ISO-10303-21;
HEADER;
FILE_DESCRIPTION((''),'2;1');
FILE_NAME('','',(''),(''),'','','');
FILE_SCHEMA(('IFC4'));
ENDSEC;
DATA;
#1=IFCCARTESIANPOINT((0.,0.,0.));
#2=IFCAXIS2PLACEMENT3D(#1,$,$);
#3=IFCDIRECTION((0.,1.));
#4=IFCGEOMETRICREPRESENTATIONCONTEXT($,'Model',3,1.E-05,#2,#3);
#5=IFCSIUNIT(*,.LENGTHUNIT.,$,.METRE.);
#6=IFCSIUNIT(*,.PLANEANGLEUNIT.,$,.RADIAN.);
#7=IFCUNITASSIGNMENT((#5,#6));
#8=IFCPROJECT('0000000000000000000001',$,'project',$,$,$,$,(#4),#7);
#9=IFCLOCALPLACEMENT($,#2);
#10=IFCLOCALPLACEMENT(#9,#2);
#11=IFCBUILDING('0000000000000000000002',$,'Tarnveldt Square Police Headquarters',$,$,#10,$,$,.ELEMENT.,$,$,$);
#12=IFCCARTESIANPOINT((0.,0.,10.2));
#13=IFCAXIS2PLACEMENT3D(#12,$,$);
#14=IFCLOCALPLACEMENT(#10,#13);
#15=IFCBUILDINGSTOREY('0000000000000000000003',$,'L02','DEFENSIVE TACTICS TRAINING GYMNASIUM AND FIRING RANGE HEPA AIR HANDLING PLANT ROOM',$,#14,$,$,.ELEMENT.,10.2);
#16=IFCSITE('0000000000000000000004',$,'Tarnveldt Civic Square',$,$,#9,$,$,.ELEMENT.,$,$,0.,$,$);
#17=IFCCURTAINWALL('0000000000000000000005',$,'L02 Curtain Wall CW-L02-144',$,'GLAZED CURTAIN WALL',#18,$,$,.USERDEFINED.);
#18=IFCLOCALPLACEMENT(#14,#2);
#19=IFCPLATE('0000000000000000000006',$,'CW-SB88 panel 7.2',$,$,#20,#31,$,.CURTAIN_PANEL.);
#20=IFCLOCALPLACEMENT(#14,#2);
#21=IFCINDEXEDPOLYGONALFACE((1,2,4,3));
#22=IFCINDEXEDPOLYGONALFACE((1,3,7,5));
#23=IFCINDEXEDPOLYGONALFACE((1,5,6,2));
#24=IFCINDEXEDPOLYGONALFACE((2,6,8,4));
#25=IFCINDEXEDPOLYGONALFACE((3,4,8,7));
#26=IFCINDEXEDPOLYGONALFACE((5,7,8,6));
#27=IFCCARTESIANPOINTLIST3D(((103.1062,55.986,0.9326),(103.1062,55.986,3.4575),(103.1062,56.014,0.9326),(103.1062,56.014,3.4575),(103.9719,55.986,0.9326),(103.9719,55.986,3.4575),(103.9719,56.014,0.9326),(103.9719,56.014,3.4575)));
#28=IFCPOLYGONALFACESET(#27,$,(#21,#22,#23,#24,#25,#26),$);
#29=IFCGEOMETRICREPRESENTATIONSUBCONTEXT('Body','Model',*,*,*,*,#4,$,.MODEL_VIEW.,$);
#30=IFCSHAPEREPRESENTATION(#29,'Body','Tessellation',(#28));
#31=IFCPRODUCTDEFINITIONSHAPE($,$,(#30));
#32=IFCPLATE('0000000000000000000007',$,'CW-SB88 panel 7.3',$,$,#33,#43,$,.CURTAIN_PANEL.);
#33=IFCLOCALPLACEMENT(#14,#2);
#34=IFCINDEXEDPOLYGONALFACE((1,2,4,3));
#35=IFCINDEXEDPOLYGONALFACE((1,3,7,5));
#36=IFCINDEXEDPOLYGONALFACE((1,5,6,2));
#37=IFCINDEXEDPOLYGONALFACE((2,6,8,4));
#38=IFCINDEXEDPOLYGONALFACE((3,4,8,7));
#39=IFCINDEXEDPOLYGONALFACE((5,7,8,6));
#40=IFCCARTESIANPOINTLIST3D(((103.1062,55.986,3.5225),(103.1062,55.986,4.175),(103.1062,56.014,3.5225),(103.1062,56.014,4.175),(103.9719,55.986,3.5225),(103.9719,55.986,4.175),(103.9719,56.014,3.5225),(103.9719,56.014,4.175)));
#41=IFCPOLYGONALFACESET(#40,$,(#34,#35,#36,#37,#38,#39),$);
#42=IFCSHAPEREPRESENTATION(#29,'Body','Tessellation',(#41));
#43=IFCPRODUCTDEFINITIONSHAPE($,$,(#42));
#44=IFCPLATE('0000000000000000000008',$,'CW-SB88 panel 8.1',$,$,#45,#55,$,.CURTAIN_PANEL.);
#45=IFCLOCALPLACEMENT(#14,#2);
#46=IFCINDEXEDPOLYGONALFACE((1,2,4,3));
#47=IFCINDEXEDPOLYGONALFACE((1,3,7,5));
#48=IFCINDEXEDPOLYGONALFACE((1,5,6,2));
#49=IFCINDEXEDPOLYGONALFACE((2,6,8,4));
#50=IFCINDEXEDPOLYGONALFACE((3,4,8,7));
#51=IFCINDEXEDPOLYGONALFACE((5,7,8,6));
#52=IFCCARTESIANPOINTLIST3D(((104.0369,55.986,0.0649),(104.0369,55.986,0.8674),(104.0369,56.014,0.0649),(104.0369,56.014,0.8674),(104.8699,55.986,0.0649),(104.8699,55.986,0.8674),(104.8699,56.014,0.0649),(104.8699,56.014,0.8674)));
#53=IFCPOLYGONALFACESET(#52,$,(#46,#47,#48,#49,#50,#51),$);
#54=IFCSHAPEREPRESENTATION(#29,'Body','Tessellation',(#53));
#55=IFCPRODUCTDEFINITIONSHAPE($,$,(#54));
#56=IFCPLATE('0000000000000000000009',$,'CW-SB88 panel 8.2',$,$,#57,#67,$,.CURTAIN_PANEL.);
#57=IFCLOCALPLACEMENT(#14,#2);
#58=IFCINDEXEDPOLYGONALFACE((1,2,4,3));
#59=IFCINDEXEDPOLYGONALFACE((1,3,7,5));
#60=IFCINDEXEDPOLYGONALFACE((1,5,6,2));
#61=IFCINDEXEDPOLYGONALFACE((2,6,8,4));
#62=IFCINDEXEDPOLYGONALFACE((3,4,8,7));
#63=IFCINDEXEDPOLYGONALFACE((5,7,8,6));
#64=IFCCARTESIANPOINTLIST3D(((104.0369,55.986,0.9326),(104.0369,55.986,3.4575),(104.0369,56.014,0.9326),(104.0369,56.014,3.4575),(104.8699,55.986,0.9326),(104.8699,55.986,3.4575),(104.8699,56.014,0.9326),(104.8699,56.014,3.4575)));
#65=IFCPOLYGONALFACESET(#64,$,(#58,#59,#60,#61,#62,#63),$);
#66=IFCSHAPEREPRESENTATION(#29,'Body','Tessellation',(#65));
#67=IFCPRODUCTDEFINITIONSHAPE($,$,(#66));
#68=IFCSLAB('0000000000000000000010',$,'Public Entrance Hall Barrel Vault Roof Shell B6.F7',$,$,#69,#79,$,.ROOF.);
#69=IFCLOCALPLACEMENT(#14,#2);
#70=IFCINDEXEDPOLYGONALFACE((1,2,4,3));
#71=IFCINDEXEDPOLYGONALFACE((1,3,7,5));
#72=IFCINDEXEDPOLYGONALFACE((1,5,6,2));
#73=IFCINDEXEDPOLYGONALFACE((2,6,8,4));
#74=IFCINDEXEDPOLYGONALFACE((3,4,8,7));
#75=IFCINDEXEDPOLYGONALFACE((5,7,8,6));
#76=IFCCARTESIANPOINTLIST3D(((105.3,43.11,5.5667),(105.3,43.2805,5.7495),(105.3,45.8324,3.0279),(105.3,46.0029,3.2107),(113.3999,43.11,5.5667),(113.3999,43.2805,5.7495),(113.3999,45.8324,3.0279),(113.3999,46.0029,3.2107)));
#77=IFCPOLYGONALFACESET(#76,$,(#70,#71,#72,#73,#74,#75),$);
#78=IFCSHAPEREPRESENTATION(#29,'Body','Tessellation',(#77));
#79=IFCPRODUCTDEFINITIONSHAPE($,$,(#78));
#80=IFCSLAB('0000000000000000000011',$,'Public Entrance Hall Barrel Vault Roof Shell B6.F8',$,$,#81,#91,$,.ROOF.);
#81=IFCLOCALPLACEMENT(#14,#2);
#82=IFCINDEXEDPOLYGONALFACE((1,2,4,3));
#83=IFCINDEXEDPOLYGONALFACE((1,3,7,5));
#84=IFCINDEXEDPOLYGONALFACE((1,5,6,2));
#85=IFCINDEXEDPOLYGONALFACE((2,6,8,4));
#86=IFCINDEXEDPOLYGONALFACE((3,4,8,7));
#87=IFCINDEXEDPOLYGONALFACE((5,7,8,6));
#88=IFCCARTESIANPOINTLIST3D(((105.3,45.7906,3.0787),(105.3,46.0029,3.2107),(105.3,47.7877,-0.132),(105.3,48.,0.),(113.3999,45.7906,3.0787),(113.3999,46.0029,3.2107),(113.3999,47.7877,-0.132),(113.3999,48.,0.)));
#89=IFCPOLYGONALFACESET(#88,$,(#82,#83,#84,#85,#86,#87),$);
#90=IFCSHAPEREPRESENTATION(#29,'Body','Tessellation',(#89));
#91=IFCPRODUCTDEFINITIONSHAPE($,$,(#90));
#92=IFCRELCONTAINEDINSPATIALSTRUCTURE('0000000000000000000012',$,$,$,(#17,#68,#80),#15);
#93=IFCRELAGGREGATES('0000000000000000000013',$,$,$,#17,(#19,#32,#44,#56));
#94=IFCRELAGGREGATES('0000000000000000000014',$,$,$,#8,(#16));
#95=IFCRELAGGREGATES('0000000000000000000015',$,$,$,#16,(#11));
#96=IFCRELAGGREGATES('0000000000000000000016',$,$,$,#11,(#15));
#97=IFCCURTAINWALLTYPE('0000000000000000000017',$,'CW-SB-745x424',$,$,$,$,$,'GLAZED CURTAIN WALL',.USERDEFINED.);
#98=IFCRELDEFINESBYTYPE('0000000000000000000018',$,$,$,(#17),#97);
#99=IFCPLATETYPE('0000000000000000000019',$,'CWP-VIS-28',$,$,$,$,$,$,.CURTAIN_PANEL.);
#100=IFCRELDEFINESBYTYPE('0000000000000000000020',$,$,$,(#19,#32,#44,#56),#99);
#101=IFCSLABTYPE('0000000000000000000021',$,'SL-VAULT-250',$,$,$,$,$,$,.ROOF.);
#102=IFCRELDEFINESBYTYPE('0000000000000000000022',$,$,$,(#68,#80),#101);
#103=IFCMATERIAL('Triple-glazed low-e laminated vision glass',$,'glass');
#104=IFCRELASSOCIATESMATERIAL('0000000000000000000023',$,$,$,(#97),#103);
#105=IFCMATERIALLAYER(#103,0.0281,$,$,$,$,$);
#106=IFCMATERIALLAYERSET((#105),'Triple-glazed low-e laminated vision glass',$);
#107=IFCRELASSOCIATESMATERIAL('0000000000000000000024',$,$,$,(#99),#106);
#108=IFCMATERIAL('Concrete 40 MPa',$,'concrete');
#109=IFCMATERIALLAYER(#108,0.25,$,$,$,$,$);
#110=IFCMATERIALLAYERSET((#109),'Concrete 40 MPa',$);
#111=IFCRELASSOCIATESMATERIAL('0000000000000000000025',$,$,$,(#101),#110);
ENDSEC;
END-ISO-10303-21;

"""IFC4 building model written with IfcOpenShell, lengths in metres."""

from ifc_helpers import new_model, si_unit, direction, frame, origin, origin_2d, place, context, subcontext, project, spatial, polyline, rectangle, outline, extrude, material, layer, layer_set, type_object, element, aggregate, save


model = new_model("IFC4")

# Units and contexts
model_context = context("Model", 3, precision=1e-05, world=origin(), true_north=direction((0.0, 1.0)))
body_context = subcontext(model_context, "Body", "Model", "MODEL_VIEW")
ifc_project = project(units=[si_unit("LENGTHUNIT", "METRE"), si_unit("PLANEANGLEUNIT", "RADIAN")], contexts=[model_context])

# Site, building, storey
site_placement = place(None, origin())
site = spatial("IfcSite", under=ifc_project, at=site_placement, Name="Tarnveldt Civic Square", CompositionType="ELEMENT", RefElevation=0.0)
building_placement = place(site_placement, origin())
building = spatial("IfcBuilding", under=site, at=building_placement, Name="Tarnveldt Square Police Headquarters", CompositionType="ELEMENT")
storey_placement = place(building_placement, frame((0.0, 0.0, 10.2)))
storey = spatial("IfcBuildingStorey", under=building, at=storey_placement, Name="L02", Description="DEFENSIVE TACTICS TRAINING GYMNASIUM AND FIRING RANGE HEPA AIR HANDLING PLANT ROOM", CompositionType="ELEMENT", Elevation=10.2)

# Shared definitions
ifc_material_1 = material(Name="Concrete 40 MPa", Category="concrete")

# Curtain wall, plates
ifc_material_2 = material(Name="Triple-glazed low-e laminated vision glass", Category="glass")
curtain_wall_type = type_object("IfcCurtainWallType", Name="CW-SB-745x424", ElementType="GLAZED CURTAIN WALL", PredefinedType="USERDEFINED", material=ifc_material_2)
curtain_wall_placement = place(storey_placement, origin())
curtain_wall = element("IfcCurtainWall", 1, at=curtain_wall_placement, inside=storey, type_object=curtain_wall_type, Name="L02 Curtain Wall CW-L02-144", ObjectType="GLAZED CURTAIN WALL", PredefinedType="USERDEFINED")
ifc_layer_1 = layer(ifc_material_2, 0.0281)
ifc_layer_set_1 = layer_set([ifc_layer_1], Name="Triple-glazed low-e laminated vision glass")
plate_type = type_object("IfcPlateType", Name="CWP-VIS-28", PredefinedType="CURTAIN_PANEL", material=ifc_layer_set_1)
plate_1_placement = place(storey_placement, frame((103.5391, 56.0, 0.9326), z_axis=(0.0, 0.0, 1.0), x_axis=(1.0, 0.0, 0.0)))
plate_1 = element("IfcPlate", 2, at=plate_1_placement, type_object=plate_type, Name="CW-SB88 panel 7.2", PredefinedType="CURTAIN_PANEL", context=body_context, shape_type="SweptSolid", body=[
    extrude(rectangle(XDim=0.8657, YDim=0.0281, at=origin_2d()), origin(), (0.0, 0.0, 1.0), 2.5249),
])
plate_2_placement = place(storey_placement, frame((103.5391, 56.0, 3.5225), z_axis=(0.0, 0.0, 1.0), x_axis=(1.0, 0.0, 0.0)))
plate_2 = element("IfcPlate", 3, at=plate_2_placement, type_object=plate_type, Name="CW-SB88 panel 7.3", PredefinedType="CURTAIN_PANEL", context=body_context, shape_type="SweptSolid", body=[
    extrude(rectangle(XDim=0.8657, YDim=0.0281, at=origin_2d()), origin(), (0.0, 0.0, 1.0), 0.6526),
])
plate_3_placement = place(storey_placement, frame((104.4534, 56.0, 0.0649), z_axis=(0.0, 0.0, 1.0), x_axis=(1.0, 0.0, 0.0)))
plate_3 = element("IfcPlate", 4, at=plate_3_placement, type_object=plate_type, Name="CW-SB88 panel 8.1", PredefinedType="CURTAIN_PANEL", context=body_context, shape_type="SweptSolid", body=[
    extrude(rectangle(XDim=0.833, YDim=0.0281, at=origin_2d()), origin(), (0.0, 0.0, 1.0), 0.8025),
])
plate_4_placement = place(storey_placement, frame((104.4534, 56.0, 0.9326), z_axis=(0.0, 0.0, 1.0), x_axis=(1.0, 0.0, 0.0)))
plate_4 = element("IfcPlate", 5, at=plate_4_placement, type_object=plate_type, Name="CW-SB88 panel 8.2", PredefinedType="CURTAIN_PANEL", context=body_context, shape_type="SweptSolid", body=[
    extrude(rectangle(XDim=0.833, YDim=0.0281, at=origin_2d()), origin(), (0.0, 0.0, 1.0), 2.5249),
])
aggregate(curtain_wall, [plate_1, plate_2, plate_3, plate_4])

# Slabs
ifc_layer_2 = layer(ifc_material_1, 0.25)
ifc_layer_set_2 = layer_set([ifc_layer_2], Name="Concrete 40 MPa")
slab_type = type_object("IfcSlabType", Name="SL-VAULT-250", PredefinedType="ROOF", material=ifc_layer_set_2)
slab_1_placement = place(storey_placement, frame((105.3, 43.2805, 5.7495), z_axis=(0.0, 0.682017, 0.731337), x_axis=(1.0, 0.0, 0.0)))
element("IfcSlab", 6, at=slab_1_placement, inside=storey, type_object=slab_type, Name="Public Entrance Hall Barrel Vault Roof Shell B6.F7", PredefinedType="ROOF", context=body_context, shape_type="SweptSolid", body=[
    extrude(outline(polyline([(0.0, 0.0), (8.0999, 0.0), (8.0999, 3.7225), (0.0, 3.7225), (0.0, 0.0)])), origin(), (0.0, 0.0, -1.0), 0.25),
])
slab_2_placement = place(storey_placement, frame((105.3, 46.0029, 3.2107), z_axis=(0.0, 0.849139, 0.528169), x_axis=(1.0, 0.0, 0.0)))
element("IfcSlab", 7, at=slab_2_placement, inside=storey, type_object=slab_type, Name="Public Entrance Hall Barrel Vault Roof Shell B6.F8", PredefinedType="ROOF", context=body_context, shape_type="SweptSolid", body=[
    extrude(outline(polyline([(0.0, 0.0), (8.0999, 0.0), (8.0999, 3.7811), (0.0, 3.7811), (0.0, 0.0)])), origin(), (0.0, 0.0, -1.0), 0.25),
])

save(model, "model.ifc")
